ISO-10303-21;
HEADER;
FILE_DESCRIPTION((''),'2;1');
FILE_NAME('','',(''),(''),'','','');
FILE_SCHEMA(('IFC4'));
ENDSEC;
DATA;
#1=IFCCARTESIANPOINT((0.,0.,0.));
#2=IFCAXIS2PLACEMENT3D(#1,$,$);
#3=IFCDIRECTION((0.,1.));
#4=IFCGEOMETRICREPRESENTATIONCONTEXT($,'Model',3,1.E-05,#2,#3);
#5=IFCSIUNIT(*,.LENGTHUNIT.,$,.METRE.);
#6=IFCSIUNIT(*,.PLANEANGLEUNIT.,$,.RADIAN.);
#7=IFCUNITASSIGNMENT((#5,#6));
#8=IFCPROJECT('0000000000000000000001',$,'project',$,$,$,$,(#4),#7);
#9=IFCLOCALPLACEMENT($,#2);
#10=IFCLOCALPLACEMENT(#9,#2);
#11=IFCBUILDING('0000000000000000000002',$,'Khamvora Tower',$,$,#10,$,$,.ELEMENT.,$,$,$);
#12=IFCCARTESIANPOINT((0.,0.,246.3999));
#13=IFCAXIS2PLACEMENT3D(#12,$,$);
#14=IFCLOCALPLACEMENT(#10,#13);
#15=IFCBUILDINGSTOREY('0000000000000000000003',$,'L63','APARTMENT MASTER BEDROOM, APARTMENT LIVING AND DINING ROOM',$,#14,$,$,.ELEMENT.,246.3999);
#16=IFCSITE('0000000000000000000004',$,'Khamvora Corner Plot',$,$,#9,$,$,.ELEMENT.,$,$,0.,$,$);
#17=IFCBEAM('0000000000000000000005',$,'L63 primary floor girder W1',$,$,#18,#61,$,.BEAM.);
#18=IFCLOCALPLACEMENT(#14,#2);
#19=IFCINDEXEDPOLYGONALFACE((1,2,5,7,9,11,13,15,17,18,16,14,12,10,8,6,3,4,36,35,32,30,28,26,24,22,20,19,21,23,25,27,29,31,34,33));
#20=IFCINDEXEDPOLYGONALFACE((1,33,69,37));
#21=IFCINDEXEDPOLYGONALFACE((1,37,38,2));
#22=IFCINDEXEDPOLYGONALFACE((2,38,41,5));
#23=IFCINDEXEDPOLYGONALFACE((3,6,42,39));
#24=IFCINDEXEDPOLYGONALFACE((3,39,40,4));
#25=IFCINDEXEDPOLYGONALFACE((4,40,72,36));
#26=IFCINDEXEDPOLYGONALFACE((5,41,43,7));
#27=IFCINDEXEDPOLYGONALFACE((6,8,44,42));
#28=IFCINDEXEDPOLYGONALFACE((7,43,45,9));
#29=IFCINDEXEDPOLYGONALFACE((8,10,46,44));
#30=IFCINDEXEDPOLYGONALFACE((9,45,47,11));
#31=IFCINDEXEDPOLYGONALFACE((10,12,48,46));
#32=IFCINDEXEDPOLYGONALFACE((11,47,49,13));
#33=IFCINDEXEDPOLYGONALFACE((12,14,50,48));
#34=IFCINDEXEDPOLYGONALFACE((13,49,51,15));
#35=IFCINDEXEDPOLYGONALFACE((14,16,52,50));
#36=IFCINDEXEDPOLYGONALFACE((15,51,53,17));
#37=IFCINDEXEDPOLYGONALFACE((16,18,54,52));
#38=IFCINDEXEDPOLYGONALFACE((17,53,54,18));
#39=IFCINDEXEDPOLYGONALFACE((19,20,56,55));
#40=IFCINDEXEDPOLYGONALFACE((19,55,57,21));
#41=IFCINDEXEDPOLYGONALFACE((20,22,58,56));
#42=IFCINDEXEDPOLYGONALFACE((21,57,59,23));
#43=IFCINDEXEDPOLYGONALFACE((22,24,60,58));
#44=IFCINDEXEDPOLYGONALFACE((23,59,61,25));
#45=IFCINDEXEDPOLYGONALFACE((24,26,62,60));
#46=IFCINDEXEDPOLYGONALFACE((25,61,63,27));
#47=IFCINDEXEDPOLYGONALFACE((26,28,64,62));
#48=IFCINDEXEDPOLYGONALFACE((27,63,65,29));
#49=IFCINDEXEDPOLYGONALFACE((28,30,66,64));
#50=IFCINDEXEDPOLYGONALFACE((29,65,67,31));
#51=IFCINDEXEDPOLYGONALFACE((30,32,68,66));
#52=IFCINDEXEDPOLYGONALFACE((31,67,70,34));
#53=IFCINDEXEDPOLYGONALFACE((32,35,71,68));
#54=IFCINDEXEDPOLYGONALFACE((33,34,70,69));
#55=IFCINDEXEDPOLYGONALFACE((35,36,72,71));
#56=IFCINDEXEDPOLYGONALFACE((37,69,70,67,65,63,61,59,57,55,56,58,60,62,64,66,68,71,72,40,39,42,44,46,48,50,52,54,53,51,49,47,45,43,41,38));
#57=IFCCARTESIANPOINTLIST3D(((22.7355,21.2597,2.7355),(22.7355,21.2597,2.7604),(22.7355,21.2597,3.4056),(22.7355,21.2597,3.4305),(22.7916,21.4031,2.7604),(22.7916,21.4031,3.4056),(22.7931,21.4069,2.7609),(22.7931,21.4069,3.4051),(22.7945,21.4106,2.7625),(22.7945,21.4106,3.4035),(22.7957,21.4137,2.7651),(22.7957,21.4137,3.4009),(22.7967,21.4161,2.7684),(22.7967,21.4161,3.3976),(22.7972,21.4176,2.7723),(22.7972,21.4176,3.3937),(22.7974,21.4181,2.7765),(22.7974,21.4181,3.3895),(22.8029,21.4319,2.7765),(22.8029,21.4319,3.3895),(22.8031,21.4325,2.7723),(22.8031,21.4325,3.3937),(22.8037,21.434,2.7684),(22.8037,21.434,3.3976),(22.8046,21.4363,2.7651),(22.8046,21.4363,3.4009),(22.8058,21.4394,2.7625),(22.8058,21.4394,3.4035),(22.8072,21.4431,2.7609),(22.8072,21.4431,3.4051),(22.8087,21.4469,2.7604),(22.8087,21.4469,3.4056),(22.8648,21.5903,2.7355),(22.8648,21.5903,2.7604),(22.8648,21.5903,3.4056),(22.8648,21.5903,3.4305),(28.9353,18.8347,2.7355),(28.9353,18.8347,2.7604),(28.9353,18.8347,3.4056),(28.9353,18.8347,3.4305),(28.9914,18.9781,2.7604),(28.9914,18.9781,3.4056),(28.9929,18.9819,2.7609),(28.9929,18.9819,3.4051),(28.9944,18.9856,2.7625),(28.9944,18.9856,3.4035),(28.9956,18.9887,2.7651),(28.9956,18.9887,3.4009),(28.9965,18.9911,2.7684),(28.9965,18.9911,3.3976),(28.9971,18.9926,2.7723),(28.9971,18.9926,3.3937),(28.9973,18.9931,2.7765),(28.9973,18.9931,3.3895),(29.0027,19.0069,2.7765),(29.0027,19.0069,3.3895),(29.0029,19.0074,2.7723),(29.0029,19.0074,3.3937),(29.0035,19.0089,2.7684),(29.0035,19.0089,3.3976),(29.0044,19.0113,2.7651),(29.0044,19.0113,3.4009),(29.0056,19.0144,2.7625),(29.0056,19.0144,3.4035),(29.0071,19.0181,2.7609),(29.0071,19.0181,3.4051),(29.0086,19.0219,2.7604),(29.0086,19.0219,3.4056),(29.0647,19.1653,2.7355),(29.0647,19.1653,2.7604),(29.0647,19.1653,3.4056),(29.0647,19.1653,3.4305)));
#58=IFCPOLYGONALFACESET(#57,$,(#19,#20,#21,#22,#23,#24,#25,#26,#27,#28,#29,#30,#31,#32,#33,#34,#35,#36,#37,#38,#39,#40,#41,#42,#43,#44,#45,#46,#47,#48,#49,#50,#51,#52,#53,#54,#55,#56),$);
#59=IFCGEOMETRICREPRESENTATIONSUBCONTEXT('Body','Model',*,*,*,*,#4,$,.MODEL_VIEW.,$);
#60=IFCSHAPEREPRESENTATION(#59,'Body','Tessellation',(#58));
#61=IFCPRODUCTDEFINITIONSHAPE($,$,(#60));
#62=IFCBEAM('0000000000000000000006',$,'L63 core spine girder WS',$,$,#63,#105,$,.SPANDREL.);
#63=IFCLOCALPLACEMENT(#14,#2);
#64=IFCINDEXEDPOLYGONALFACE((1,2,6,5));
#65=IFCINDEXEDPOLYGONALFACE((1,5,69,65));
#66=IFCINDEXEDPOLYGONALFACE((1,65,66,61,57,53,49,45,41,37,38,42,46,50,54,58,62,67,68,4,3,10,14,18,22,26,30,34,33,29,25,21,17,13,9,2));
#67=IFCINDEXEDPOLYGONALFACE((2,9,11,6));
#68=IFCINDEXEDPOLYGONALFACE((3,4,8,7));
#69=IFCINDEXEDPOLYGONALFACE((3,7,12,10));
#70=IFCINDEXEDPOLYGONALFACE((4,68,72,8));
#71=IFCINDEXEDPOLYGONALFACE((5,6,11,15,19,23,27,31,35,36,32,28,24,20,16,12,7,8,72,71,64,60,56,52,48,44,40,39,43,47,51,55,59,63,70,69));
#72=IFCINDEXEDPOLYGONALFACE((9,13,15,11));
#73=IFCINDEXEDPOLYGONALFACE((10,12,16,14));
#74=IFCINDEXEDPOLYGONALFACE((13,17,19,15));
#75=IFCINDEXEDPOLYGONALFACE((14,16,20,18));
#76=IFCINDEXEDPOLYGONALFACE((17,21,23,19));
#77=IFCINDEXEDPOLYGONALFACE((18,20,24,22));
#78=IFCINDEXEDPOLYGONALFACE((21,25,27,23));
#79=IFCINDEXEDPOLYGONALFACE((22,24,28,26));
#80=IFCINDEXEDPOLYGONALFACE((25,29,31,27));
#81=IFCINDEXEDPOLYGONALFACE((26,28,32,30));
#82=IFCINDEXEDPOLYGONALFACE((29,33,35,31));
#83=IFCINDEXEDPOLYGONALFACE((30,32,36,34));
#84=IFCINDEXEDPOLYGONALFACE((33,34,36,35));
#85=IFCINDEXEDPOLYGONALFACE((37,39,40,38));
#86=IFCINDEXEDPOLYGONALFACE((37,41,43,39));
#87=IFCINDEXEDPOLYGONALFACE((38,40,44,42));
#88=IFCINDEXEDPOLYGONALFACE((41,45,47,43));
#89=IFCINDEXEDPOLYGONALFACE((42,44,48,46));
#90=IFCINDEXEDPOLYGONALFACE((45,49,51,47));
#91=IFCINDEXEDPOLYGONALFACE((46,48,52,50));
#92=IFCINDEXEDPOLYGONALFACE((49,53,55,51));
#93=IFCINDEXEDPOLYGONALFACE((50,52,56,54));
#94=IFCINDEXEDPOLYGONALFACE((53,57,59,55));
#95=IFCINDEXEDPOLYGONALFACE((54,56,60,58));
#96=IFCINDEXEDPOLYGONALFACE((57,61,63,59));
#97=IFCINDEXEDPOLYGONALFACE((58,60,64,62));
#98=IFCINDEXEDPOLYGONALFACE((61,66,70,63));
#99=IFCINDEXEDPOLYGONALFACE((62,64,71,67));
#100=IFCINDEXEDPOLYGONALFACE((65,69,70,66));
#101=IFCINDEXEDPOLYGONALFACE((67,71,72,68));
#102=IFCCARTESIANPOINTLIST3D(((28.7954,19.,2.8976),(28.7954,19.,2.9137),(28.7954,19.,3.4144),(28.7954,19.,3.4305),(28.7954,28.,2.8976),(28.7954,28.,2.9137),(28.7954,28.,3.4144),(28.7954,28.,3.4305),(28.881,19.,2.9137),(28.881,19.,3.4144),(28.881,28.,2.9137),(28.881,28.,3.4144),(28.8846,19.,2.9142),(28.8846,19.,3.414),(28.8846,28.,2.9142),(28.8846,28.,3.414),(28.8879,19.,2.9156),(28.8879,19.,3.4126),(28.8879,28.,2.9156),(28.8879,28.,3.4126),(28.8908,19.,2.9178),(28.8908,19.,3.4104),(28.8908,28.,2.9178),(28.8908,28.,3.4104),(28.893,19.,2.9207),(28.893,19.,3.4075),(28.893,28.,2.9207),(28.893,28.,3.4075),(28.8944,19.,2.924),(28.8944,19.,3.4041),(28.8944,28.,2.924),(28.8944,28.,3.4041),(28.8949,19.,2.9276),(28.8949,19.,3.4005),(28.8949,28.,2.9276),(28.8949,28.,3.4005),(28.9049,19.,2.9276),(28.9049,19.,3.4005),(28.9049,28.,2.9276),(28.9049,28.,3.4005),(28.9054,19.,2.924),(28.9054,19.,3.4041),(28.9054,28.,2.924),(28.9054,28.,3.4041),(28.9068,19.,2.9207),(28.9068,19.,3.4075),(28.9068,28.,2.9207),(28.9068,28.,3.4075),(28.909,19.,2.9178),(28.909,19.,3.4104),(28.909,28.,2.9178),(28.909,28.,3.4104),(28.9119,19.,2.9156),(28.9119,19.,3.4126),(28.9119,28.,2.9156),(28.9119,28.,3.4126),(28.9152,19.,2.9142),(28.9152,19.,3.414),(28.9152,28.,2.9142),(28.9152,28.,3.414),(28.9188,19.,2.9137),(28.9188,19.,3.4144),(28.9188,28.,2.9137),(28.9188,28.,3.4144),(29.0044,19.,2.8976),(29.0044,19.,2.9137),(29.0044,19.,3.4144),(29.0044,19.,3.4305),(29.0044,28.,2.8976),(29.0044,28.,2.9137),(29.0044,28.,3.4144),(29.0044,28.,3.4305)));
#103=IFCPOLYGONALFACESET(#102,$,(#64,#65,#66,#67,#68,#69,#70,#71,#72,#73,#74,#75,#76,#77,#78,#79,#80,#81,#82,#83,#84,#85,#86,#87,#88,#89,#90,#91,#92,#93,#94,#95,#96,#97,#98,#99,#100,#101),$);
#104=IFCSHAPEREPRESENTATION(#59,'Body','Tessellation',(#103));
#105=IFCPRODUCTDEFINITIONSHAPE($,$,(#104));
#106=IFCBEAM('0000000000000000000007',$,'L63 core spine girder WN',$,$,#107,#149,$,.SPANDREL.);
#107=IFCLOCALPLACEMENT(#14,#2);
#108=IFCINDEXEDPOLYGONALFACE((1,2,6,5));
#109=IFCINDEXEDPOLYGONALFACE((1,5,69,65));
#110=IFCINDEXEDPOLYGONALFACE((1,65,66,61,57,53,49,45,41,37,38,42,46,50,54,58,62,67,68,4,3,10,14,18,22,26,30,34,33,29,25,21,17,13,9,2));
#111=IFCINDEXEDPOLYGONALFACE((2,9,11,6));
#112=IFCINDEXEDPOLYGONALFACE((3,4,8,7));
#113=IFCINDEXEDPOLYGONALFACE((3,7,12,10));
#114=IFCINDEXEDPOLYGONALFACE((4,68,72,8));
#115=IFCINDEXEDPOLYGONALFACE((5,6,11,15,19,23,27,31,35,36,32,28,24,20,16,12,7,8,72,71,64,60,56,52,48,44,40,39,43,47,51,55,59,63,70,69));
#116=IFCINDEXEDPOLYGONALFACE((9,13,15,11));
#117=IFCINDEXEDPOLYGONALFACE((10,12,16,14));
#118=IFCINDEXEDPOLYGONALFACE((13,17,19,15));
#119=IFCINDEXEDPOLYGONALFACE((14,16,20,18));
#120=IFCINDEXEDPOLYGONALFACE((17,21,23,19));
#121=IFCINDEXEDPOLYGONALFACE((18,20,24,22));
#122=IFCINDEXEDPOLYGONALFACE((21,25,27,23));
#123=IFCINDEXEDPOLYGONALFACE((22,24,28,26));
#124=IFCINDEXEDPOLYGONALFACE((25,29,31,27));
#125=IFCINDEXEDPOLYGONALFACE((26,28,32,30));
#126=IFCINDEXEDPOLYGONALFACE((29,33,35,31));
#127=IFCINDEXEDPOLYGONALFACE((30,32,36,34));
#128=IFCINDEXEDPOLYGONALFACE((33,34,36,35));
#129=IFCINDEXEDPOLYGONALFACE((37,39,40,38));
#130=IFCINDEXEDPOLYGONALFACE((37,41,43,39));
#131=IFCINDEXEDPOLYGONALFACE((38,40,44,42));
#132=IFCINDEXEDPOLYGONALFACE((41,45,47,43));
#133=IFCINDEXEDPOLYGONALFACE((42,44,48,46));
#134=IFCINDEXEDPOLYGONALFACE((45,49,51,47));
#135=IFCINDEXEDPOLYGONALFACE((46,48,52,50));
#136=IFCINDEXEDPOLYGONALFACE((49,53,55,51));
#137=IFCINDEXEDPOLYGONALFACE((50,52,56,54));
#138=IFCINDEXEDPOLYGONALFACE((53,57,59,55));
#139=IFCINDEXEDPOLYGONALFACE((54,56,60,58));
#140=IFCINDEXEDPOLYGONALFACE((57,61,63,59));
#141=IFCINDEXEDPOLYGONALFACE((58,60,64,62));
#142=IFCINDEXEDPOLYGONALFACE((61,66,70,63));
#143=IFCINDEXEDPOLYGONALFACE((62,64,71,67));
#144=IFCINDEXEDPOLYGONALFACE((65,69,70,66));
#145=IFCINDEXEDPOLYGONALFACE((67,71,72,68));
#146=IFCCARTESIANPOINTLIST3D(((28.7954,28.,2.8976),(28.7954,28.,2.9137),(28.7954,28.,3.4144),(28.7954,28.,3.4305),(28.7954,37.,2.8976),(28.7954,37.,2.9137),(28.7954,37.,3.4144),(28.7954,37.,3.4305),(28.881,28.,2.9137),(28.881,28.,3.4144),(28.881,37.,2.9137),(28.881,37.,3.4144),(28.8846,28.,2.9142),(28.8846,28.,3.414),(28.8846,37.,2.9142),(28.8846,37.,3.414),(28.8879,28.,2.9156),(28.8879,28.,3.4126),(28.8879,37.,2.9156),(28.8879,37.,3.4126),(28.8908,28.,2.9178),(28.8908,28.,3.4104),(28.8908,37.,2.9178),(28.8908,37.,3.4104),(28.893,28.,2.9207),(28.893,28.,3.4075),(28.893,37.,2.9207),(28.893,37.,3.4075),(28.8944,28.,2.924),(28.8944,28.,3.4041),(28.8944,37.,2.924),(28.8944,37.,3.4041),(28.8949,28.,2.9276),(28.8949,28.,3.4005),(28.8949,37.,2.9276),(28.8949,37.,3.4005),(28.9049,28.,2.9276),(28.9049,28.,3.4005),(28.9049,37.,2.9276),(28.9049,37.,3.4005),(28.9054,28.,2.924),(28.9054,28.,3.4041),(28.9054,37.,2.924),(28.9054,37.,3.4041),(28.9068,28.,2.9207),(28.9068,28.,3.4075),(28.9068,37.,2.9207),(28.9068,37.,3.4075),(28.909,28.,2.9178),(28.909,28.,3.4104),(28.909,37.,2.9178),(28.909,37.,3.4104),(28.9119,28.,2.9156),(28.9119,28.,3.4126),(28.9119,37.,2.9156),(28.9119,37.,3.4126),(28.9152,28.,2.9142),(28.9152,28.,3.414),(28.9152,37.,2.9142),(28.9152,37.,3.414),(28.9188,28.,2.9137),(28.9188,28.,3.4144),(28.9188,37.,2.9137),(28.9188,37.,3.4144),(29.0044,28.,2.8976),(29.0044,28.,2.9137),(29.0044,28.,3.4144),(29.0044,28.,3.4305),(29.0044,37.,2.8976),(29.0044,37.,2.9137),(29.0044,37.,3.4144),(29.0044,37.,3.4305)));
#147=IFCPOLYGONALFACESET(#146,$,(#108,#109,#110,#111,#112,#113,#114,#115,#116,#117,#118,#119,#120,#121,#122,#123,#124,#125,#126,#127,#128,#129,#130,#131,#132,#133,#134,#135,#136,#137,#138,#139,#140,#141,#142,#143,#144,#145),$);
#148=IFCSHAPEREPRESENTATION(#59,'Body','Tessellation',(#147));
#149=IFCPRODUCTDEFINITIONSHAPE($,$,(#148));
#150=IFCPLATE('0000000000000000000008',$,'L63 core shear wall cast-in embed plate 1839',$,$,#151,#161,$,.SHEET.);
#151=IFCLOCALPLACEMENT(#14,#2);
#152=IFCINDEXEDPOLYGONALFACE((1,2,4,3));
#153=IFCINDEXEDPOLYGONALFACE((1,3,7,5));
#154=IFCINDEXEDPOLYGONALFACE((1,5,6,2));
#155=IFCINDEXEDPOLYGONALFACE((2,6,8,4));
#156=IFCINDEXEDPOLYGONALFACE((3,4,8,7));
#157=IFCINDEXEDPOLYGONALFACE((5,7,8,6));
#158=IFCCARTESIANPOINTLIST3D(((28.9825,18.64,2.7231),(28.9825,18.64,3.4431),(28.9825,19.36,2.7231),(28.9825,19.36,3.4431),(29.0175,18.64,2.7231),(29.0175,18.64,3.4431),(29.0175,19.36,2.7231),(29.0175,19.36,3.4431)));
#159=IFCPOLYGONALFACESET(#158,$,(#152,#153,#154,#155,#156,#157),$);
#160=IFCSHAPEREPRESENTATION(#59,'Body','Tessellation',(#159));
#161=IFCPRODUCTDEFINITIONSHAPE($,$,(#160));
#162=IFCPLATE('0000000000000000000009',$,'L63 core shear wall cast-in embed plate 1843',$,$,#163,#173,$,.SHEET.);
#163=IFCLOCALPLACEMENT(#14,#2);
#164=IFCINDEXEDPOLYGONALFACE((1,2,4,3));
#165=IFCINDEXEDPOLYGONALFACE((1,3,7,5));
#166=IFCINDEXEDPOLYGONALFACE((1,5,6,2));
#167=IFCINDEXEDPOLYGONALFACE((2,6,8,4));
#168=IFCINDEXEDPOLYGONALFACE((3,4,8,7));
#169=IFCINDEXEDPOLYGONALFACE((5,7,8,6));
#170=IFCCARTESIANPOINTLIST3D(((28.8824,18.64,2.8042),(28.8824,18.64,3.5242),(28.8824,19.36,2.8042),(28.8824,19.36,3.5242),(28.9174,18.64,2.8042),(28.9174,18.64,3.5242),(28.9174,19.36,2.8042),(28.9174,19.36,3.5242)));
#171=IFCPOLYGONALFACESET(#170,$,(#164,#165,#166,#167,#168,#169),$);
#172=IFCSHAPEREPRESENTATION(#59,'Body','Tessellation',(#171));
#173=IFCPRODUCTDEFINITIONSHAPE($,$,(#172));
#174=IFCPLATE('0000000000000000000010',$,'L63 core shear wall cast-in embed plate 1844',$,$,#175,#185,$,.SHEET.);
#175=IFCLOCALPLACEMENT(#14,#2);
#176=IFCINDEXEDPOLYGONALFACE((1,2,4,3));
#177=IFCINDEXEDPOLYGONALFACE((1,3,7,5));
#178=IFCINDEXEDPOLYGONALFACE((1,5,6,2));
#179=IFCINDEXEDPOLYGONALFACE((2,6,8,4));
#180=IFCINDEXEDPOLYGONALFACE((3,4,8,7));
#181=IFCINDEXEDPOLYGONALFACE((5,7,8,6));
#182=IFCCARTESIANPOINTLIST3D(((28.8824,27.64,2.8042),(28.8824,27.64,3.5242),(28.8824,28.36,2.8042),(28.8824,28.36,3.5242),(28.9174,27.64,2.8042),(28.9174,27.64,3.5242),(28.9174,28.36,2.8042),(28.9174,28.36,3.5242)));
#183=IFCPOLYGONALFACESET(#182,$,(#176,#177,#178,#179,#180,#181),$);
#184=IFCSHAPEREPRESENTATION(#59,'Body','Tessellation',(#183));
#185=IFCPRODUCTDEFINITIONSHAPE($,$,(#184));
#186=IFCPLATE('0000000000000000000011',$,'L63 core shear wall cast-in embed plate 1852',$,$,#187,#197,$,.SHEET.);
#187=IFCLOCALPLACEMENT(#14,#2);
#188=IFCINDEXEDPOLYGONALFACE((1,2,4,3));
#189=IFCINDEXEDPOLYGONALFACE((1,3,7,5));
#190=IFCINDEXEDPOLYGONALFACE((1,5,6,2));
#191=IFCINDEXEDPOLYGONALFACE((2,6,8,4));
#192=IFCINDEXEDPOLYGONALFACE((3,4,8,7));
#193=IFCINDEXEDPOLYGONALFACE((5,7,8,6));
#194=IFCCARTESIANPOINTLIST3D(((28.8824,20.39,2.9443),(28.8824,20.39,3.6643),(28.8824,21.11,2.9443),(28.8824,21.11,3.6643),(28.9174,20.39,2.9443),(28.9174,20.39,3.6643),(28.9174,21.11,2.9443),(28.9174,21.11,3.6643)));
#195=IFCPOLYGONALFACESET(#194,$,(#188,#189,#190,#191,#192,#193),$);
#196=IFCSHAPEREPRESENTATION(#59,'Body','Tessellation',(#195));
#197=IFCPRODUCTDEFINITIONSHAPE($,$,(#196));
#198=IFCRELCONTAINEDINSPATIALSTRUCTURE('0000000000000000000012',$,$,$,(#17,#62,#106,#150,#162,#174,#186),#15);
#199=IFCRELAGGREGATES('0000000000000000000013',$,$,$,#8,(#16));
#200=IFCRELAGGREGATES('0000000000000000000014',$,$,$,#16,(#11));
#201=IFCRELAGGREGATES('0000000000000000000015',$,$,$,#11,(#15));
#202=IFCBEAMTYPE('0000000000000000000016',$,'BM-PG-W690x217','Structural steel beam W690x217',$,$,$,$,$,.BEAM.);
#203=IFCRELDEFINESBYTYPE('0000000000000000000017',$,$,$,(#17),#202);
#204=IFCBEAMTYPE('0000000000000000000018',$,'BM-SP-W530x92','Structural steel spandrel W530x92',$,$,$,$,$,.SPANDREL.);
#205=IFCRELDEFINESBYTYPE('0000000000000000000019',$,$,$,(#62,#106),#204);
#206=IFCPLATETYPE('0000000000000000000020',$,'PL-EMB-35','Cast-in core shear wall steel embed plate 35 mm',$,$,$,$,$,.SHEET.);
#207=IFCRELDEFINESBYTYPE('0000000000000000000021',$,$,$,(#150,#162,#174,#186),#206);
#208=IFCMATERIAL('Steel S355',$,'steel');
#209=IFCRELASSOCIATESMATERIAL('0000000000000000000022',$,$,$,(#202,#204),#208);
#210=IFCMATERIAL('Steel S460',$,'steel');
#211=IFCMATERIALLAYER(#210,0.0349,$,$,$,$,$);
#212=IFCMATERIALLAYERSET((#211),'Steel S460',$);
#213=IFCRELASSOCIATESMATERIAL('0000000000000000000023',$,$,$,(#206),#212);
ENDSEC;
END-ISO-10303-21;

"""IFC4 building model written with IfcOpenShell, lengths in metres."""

from ifc_helpers import new_model, si_unit, direction, frame, origin, origin_2d, place, context, subcontext, project, spatial, rectangle, i_section, extrude, material, layer, layer_set, material_profile, profile_set, type_object, element, save


model = new_model("IFC4")

# Units and contexts
model_context = context("Model", 3, precision=1e-05, world=origin(), true_north=direction((0.0, 1.0)))
body_context = subcontext(model_context, "Body", "Model", "MODEL_VIEW")
ifc_project = project(units=[si_unit("LENGTHUNIT", "METRE"), si_unit("PLANEANGLEUNIT", "RADIAN")], contexts=[model_context])

# Site, building, storey
site_placement = place(None, origin())
site = spatial("IfcSite", under=ifc_project, at=site_placement, Name="Khamvora Corner Plot", CompositionType="ELEMENT", RefElevation=0.0)
building_placement = place(site_placement, origin())
building = spatial("IfcBuilding", under=site, at=building_placement, Name="Khamvora Tower", CompositionType="ELEMENT")
storey_placement = place(building_placement, frame((0.0, 0.0, 246.3999)))
storey = spatial("IfcBuildingStorey", under=building, at=storey_placement, Name="L63", Description="APARTMENT MASTER BEDROOM, APARTMENT LIVING AND DINING ROOM", CompositionType="ELEMENT", Elevation=246.3999)

# Beams
ifc_material_1 = material(Name="Steel S355", Category="steel")
ifc_material_profile_1 = material_profile(ifc_material_1, i_section(OverallWidth=0.355, OverallDepth=0.6951, WebThickness=0.0149, FlangeThickness=0.0249, FilletRadius=0.0161, at=origin_2d()), Name="W690x217")
ifc_profile_set_1 = profile_set([ifc_material_profile_1], Name="Steel S355")
beam_type_1 = type_object("IfcBeamType", Name="BM-PG-W690x217", Description="Structural steel beam W690x217", PredefinedType="BEAM", material=ifc_profile_set_1)
beam_1_placement = place(storey_placement, frame((29.0, 19.0, 3.083), z_axis=(-0.931295, 0.364267, 0.0), x_axis=(-0.364267, -0.931295, 0.0)))
element("IfcBeam", 1, at=beam_1_placement, inside=storey, type_object=beam_type_1, Name="L63 primary floor girder W1", PredefinedType="BEAM", context=body_context, shape_type="SweptSolid", body=[
    extrude(i_section(OverallWidth=0.355, OverallDepth=0.6951, WebThickness=0.0149, FlangeThickness=0.0249, FilletRadius=0.0161, at=origin_2d()), origin(), (0.0, 0.0, 1.0), 6.6572),
])
ifc_material_profile_2 = material_profile(ifc_material_1, i_section(OverallWidth=0.209, OverallDepth=0.533, WebThickness=0.01, FlangeThickness=0.0161, FilletRadius=0.0139, at=origin_2d()), Name="W530x92")
ifc_profile_set_2 = profile_set([ifc_material_profile_2], Name="Steel S355")
beam_type_2 = type_object("IfcBeamType", Name="BM-SP-W530x92", Description="Structural steel spandrel W530x92", PredefinedType="SPANDREL", material=ifc_profile_set_2)
for number, where, z_axis, x_axis, name in (
    (2, (28.8999, 19.0, 3.1641), (0.0, 1.0, 0.0), (-1.0, 0.0, 0.0), "L63 core spine girder WS"),
    (3, (28.8999, 28.0, 3.1641), (0.0, 1.0, 0.0), (-1.0, 0.0, 0.0), "L63 core spine girder WN"),
):
    element("IfcBeam", number, at=place(storey_placement, frame(where, z_axis=z_axis, x_axis=x_axis)), inside=storey, type_object=beam_type_2, Name=name, PredefinedType="SPANDREL", context=body_context, shape_type="SweptSolid", body=[
        extrude(i_section(OverallWidth=0.209, OverallDepth=0.533, WebThickness=0.01, FlangeThickness=0.0161, FilletRadius=0.0139, at=origin_2d()), origin(), (0.0, 0.0, 1.0), 9.0),
    ])

# Plates
ifc_material_2 = material(Name="Steel S460", Category="steel")
ifc_layer_1 = layer(ifc_material_2, 0.0349)
ifc_layer_set_1 = layer_set([ifc_layer_1], Name="Steel S460")
plate_type = type_object("IfcPlateType", Name="PL-EMB-35", Description="Cast-in core shear wall steel embed plate 35 mm", PredefinedType="SHEET", material=ifc_layer_set_1)
for number, where, z_axis, x_axis, name in (
    (4, (29.0, 19.0, 2.7231), (0.0, 0.0, 1.0), (1.0, 0.0, 0.0), "L63 core shear wall cast-in embed plate 1839"),
    (5, (28.8999, 19.0, 2.8042), (0.0, 0.0, 1.0), (1.0, 0.0, 0.0), "L63 core shear wall cast-in embed plate 1843"),
    (6, (28.8999, 28.0, 2.8042), (0.0, 0.0, 1.0), (1.0, 0.0, 0.0), "L63 core shear wall cast-in embed plate 1844"),
    (7, (28.8999, 20.75, 2.9443), (0.0, 0.0, 1.0), (1.0, 0.0, 0.0), "L63 core shear wall cast-in embed plate 1852"),
):
    element("IfcPlate", number, at=place(storey_placement, frame(where, z_axis=z_axis, x_axis=x_axis)), inside=storey, type_object=plate_type, Name=name, PredefinedType="SHEET", context=body_context, shape_type="SweptSolid", body=[
        extrude(rectangle(XDim=0.0349, YDim=0.72, at=origin_2d()), origin(), (0.0, 0.0, 1.0), 0.72),
    ])

save(model, "model.ifc")
